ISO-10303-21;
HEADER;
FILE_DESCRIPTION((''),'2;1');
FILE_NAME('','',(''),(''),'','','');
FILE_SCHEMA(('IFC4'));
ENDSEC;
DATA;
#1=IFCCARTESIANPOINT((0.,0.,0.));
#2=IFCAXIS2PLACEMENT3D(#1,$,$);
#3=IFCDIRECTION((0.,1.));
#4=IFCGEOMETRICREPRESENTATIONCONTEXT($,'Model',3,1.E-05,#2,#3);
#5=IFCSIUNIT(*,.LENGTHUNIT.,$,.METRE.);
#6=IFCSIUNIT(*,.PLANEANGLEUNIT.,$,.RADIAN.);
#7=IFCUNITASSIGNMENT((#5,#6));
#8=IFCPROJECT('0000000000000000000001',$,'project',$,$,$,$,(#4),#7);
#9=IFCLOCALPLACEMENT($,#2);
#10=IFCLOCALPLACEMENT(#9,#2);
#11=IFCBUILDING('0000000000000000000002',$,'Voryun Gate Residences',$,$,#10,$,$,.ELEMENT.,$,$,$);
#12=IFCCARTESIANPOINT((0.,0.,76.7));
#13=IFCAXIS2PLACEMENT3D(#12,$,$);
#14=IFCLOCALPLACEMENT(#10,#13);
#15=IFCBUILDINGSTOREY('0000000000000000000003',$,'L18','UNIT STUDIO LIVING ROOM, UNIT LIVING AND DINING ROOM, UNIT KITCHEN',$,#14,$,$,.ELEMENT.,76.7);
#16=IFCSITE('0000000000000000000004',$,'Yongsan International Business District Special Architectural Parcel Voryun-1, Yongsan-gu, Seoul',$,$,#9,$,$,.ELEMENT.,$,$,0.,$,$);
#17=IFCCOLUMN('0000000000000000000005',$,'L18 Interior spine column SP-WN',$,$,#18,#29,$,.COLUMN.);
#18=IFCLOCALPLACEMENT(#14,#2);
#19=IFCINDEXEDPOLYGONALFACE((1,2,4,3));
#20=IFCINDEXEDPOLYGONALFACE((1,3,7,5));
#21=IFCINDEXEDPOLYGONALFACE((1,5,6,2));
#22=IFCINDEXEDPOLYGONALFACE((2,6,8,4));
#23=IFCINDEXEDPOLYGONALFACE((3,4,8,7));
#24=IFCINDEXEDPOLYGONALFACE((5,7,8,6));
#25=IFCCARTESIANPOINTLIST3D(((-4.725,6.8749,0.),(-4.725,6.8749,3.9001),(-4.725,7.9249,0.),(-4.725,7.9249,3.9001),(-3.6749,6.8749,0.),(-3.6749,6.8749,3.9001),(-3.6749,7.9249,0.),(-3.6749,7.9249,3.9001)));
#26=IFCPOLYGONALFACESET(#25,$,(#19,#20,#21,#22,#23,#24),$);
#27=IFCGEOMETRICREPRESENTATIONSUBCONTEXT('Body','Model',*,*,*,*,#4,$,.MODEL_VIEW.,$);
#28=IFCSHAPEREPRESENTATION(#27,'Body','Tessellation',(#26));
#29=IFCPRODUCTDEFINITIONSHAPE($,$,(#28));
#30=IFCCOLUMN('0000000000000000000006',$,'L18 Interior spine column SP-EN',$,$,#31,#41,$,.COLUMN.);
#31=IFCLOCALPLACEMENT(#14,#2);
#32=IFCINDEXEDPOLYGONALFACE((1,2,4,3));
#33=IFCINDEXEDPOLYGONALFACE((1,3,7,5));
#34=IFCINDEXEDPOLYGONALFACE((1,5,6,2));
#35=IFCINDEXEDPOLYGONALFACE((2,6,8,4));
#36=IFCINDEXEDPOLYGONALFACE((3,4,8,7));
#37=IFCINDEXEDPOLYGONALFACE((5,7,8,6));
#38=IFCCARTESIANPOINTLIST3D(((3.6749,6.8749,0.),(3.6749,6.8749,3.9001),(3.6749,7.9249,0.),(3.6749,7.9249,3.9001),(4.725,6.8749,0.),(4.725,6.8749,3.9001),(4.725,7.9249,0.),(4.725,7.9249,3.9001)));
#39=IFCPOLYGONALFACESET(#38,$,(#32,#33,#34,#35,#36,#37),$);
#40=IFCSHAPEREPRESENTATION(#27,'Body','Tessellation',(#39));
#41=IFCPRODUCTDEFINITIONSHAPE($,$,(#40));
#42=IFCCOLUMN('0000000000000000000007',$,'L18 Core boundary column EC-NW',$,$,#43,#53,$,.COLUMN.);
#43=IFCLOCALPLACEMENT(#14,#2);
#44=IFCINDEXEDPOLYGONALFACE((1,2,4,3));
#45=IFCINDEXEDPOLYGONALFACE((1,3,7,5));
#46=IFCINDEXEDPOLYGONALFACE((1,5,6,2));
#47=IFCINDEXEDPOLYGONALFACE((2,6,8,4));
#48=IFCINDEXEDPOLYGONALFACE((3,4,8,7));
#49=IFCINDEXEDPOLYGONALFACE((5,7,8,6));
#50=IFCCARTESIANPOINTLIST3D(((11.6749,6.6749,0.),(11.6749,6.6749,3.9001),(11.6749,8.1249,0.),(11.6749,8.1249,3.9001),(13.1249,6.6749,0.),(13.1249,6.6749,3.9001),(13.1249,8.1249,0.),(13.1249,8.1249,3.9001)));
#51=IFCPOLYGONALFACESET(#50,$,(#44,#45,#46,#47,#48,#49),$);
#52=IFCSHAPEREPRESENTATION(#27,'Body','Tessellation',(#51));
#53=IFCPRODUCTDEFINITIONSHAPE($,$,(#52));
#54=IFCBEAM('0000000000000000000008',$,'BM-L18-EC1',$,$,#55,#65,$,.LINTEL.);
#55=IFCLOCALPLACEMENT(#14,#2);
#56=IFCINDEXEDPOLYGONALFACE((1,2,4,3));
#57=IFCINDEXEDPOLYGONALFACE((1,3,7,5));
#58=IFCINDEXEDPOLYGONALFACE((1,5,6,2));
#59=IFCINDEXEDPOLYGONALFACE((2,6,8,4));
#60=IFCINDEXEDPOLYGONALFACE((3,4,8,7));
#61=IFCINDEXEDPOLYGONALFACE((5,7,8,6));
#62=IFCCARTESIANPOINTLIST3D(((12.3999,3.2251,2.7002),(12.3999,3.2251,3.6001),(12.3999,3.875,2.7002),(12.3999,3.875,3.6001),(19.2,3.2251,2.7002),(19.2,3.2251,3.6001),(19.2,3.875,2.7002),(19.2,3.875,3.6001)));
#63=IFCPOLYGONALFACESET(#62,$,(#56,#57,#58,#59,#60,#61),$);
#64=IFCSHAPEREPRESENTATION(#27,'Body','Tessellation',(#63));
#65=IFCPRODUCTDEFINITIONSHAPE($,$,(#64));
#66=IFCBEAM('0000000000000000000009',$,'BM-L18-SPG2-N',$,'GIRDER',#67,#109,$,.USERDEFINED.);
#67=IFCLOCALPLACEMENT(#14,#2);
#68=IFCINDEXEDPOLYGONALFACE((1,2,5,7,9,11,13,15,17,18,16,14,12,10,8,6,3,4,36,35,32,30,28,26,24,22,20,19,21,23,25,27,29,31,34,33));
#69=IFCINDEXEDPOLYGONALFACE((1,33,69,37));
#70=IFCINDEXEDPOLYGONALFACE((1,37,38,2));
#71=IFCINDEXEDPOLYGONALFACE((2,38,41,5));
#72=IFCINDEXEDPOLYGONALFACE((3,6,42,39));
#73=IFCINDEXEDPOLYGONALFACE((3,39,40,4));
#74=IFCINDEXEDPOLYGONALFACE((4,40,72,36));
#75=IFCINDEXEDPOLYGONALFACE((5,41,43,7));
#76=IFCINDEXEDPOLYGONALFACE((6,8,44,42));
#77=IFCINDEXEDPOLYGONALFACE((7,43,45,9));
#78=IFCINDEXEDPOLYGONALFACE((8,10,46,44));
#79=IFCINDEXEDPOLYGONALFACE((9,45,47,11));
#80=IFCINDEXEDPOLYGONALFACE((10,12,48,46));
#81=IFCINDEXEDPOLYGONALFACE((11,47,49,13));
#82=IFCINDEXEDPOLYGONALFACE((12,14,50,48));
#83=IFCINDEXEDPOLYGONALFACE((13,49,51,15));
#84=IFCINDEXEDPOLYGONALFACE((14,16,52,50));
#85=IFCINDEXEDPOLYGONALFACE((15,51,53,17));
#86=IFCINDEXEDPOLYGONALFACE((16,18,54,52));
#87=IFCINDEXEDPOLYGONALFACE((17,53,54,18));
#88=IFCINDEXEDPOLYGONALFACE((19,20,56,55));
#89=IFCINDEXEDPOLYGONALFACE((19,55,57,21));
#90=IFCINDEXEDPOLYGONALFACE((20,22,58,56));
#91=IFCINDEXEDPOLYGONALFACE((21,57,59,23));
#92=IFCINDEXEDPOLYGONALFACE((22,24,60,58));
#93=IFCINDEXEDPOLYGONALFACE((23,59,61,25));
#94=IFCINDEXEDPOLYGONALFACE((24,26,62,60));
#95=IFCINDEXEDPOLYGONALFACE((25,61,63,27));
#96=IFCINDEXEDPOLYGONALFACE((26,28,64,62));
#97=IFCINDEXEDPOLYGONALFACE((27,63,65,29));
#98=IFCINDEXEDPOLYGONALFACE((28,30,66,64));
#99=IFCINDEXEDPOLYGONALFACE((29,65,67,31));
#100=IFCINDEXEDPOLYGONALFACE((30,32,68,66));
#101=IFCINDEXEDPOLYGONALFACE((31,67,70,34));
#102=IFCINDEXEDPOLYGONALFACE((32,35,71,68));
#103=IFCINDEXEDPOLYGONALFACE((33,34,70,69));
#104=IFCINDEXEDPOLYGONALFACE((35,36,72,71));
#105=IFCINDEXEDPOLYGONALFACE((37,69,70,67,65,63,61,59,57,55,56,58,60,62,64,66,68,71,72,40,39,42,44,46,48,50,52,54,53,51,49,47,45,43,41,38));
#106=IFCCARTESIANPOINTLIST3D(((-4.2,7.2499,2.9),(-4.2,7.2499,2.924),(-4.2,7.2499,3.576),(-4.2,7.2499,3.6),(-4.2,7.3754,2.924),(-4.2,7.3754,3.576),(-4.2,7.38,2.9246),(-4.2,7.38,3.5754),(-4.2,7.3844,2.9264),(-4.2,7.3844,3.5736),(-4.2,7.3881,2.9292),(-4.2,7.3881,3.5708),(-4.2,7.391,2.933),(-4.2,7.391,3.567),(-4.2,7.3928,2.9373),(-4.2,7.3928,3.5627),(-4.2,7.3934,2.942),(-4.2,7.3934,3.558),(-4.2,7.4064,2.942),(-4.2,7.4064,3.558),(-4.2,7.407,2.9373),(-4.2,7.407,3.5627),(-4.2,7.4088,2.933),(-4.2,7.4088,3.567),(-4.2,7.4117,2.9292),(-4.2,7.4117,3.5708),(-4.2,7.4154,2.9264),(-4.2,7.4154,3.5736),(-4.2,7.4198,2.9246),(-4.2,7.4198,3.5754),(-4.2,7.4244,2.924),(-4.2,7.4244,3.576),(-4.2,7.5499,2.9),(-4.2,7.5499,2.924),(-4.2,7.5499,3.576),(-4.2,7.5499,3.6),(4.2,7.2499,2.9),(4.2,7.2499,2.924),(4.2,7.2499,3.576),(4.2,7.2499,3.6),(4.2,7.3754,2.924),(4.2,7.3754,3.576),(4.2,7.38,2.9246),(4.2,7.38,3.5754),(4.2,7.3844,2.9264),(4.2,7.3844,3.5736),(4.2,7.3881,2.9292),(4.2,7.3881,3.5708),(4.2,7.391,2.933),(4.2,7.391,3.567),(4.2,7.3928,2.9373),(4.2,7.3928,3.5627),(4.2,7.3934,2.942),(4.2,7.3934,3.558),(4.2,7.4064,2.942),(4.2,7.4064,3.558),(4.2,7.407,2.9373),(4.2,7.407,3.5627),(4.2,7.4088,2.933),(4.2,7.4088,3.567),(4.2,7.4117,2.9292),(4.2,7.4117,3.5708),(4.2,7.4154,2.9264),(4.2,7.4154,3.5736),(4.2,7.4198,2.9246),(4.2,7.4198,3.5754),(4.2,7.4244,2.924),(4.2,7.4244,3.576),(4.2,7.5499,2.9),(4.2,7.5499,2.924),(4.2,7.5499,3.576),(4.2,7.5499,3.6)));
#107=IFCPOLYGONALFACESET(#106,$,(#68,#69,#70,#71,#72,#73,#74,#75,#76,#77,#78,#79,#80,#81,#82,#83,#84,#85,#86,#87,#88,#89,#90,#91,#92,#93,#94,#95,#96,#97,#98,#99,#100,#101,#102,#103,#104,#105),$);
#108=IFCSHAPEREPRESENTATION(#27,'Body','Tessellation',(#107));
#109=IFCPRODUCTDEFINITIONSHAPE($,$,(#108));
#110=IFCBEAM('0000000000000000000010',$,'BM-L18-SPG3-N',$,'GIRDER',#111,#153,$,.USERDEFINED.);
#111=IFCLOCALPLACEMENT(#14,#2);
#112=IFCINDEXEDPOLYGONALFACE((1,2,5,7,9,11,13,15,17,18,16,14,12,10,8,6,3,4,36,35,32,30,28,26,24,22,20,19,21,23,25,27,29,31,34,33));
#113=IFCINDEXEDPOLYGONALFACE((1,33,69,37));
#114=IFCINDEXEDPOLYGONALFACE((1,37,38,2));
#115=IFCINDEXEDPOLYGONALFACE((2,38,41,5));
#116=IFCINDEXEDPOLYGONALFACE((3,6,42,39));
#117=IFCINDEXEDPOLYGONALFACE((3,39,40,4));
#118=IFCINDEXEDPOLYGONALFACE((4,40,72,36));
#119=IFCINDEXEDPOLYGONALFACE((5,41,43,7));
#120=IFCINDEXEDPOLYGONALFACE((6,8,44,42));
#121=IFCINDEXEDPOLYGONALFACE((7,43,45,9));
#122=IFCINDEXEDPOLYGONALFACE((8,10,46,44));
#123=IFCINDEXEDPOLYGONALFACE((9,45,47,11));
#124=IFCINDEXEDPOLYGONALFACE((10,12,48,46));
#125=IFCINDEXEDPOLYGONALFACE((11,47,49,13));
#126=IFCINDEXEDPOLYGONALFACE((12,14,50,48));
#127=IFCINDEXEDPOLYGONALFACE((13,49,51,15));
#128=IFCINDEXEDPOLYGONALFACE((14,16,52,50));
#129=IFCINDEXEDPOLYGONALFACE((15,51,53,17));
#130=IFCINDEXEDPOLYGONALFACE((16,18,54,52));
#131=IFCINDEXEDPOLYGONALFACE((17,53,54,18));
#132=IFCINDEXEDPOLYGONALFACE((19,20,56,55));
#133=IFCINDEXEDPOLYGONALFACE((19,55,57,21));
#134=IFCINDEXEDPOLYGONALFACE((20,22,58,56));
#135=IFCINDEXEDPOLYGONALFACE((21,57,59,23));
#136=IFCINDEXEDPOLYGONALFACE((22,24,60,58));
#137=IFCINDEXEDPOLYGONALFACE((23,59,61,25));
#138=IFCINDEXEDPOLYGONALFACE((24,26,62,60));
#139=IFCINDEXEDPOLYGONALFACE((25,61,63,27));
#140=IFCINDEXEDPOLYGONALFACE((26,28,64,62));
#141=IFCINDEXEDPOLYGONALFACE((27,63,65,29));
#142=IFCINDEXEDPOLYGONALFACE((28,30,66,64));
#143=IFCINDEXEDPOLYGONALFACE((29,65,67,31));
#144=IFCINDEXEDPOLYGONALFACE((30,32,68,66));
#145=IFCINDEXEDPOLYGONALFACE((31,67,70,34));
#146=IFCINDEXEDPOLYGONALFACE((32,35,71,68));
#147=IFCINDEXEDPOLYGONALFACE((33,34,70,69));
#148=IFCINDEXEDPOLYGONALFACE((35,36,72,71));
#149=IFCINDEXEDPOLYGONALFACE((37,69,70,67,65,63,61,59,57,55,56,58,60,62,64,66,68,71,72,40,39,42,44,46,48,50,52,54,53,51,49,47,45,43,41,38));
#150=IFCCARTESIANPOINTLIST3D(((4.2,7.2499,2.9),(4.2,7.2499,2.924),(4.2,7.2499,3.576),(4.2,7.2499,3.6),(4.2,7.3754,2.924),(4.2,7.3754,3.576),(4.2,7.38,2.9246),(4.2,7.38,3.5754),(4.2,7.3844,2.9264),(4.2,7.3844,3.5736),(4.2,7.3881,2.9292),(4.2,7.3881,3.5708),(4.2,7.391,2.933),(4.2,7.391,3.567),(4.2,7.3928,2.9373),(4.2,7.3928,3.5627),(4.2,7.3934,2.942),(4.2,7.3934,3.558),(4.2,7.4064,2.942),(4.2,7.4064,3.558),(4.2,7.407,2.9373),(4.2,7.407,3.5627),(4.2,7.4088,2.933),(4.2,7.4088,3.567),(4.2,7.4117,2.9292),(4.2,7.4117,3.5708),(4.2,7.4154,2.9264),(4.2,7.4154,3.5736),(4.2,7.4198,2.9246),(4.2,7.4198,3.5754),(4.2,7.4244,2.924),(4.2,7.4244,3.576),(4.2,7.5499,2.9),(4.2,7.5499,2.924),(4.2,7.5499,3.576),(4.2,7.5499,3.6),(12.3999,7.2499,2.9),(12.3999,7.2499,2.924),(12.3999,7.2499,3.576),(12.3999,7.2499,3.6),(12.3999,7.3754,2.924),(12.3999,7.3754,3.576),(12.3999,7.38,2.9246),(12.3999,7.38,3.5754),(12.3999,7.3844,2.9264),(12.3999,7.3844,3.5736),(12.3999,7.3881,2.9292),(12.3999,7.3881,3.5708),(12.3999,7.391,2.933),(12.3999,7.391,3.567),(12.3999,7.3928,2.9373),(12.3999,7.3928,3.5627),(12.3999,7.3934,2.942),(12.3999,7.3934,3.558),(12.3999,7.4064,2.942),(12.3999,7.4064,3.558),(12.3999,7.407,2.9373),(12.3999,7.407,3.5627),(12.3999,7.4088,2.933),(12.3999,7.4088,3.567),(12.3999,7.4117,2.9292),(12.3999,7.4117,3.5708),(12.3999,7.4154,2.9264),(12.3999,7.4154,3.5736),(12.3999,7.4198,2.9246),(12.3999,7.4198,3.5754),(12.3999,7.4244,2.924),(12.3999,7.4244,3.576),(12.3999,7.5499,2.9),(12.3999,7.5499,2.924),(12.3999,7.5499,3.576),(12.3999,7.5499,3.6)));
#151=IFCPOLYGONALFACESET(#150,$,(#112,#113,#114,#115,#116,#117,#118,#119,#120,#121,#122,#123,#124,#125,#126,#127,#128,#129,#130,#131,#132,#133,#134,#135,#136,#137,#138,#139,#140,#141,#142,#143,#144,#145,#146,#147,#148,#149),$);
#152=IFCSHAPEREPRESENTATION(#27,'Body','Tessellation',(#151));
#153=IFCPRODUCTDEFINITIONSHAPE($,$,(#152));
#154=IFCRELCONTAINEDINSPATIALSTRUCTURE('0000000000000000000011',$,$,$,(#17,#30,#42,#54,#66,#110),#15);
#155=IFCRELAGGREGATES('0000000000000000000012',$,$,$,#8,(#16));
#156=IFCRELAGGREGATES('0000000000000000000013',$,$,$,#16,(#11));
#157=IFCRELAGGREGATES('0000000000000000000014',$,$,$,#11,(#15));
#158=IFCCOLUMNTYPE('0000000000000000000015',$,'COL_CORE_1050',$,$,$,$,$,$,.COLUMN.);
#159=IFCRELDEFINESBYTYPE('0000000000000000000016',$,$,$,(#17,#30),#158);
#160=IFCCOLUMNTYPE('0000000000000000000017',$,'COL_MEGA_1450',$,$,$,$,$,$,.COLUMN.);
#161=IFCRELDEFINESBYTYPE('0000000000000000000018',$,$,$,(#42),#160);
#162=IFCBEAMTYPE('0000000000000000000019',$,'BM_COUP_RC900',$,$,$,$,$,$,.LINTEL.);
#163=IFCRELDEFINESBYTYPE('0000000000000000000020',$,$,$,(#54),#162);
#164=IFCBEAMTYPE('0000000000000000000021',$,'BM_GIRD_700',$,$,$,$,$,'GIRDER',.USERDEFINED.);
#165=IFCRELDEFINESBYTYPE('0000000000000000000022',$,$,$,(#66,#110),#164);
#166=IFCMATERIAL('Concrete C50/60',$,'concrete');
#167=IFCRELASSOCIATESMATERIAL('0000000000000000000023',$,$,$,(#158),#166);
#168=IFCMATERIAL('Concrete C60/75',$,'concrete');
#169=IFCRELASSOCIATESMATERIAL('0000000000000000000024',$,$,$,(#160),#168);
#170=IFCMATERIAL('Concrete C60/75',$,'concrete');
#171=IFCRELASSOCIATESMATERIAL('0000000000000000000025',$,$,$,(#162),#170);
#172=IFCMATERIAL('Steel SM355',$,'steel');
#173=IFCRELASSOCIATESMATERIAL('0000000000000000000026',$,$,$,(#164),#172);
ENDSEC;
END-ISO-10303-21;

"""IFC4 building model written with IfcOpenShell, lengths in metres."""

from ifc_helpers import new_model, si_unit, direction, frame, origin, origin_2d, place, context, subcontext, project, spatial, rectangle, i_section, extrude, material, material_profile, profile_set, type_object, element, save


model = new_model("IFC4")

# Units and contexts
model_context = context("Model", 3, precision=1e-05, world=origin(), true_north=direction((0.0, 1.0)))
body_context = subcontext(model_context, "Body", "Model", "MODEL_VIEW")
ifc_project = project(units=[si_unit("LENGTHUNIT", "METRE"), si_unit("PLANEANGLEUNIT", "RADIAN")], contexts=[model_context])

# Site, building, storey
site_placement = place(None, origin())
site = spatial("IfcSite", under=ifc_project, at=site_placement, Name="Yongsan International Business District Special Architectural Parcel Voryun-1, Yongsan-gu, Seoul", CompositionType="ELEMENT", RefElevation=0.0)
building_placement = place(site_placement, origin())
building = spatial("IfcBuilding", under=site, at=building_placement, Name="Voryun Gate Residences", CompositionType="ELEMENT")
storey_placement = place(building_placement, frame((0.0, 0.0, 76.7)))
storey = spatial("IfcBuildingStorey", under=building, at=storey_placement, Name="L18", Description="UNIT STUDIO LIVING ROOM, UNIT LIVING AND DINING ROOM, UNIT KITCHEN", CompositionType="ELEMENT", Elevation=76.7)

# Columns
ifc_material_1 = material(Name="Concrete C50/60", Category="concrete")
ifc_material_profile_1 = material_profile(ifc_material_1, rectangle(XDim=1.05, YDim=1.05, at=origin_2d()), Name="RC-1050x1050")
ifc_profile_set_1 = profile_set([ifc_material_profile_1], Name="Concrete C50/60")
column_type_1 = type_object("IfcColumnType", Name="COL_CORE_1050", PredefinedType="COLUMN", material=ifc_profile_set_1)
for number, where, z_axis, x_axis, name in (
    (1, (-4.2, 7.3999, 0.0), (0.0, 0.0, 1.0), (1.0, 0.0, 0.0), "L18 Interior spine column SP-WN"),
    (2, (4.2, 7.3999, 0.0), (0.0, 0.0, 1.0), (1.0, 0.0, 0.0), "L18 Interior spine column SP-EN"),
):
    element("IfcColumn", number, at=place(storey_placement, frame(where, z_axis=z_axis, x_axis=x_axis)), inside=storey, type_object=column_type_1, Name=name, PredefinedType="COLUMN", context=body_context, shape_type="SweptSolid", body=[
        extrude(rectangle(XDim=1.05, YDim=1.05, at=origin_2d()), origin(), (0.0, 0.0, 1.0), 3.9001),
    ])
ifc_material_2 = material(Name="Concrete C60/75", Category="concrete")
ifc_material_profile_2 = material_profile(ifc_material_2, rectangle(XDim=1.45, YDim=1.45, at=origin_2d()), Name="RC-1450x1450")
ifc_profile_set_2 = profile_set([ifc_material_profile_2], Name="Concrete C60/75")
column_type_2 = type_object("IfcColumnType", Name="COL_MEGA_1450", PredefinedType="COLUMN", material=ifc_profile_set_2)
column_placement = place(storey_placement, frame((12.3999, 7.3999, 0.0), z_axis=(0.0, 0.0, 1.0), x_axis=(1.0, 0.0, 0.0)))
element("IfcColumn", 3, at=column_placement, inside=storey, type_object=column_type_2, Name="L18 Core boundary column EC-NW", PredefinedType="COLUMN", context=body_context, shape_type="SweptSolid", body=[
    extrude(rectangle(XDim=1.45, YDim=1.45, at=origin_2d()), origin(), (0.0, 0.0, 1.0), 3.9001),
])

# Beams
ifc_material_3 = material(Name="Concrete C60/75", Category="concrete")
ifc_material_profile_3 = material_profile(ifc_material_3, rectangle(XDim=0.6499, YDim=0.8999, at=origin_2d()), Name="RC-650x900")
ifc_profile_set_3 = profile_set([ifc_material_profile_3], Name="Concrete C60/75")
beam_type_1 = type_object("IfcBeamType", Name="BM_COUP_RC900", PredefinedType="LINTEL", material=ifc_profile_set_3)
beam_1_placement = place(storey_placement, frame((12.3999, 3.55, 3.1501), z_axis=(1.0, 0.0, 0.0), x_axis=(0.0, 1.0, 0.0)))
element("IfcBeam", 4, at=beam_1_placement, inside=storey, type_object=beam_type_1, Name="BM-L18-EC1", PredefinedType="LINTEL", context=body_context, shape_type="SweptSolid", body=[
    extrude(rectangle(XDim=0.6499, YDim=0.8999, at=origin_2d()), origin(), (0.0, 0.0, 1.0), 6.8),
])
ifc_material_4 = material(Name="Steel SM355", Category="steel")
ifc_material_profile_4 = material_profile(ifc_material_4, i_section(OverallWidth=0.3, OverallDepth=0.7, WebThickness=0.0129, FlangeThickness=0.0239, FilletRadius=0.0181, at=origin_2d()), Name="H-700x300x13x24")
ifc_profile_set_4 = profile_set([ifc_material_profile_4], Name="Steel SM355")
beam_type_2 = type_object("IfcBeamType", Name="BM_GIRD_700", ElementType="GIRDER", PredefinedType="USERDEFINED", material=ifc_profile_set_4)
beam_2_placement = place(storey_placement, frame((-4.2, 7.3999, 3.25), z_axis=(1.0, 0.0, 0.0), x_axis=(0.0, 1.0, 0.0)))
element("IfcBeam", 5, at=beam_2_placement, inside=storey, type_object=beam_type_2, Name="BM-L18-SPG2-N", ObjectType="GIRDER", PredefinedType="USERDEFINED", context=body_context, shape_type="SweptSolid", body=[
    extrude(i_section(OverallWidth=0.3, OverallDepth=0.7, WebThickness=0.0129, FlangeThickness=0.0239, FilletRadius=0.0181, at=origin_2d()), origin(), (0.0, 0.0, 1.0), 8.3999),
])
beam_3_placement = place(storey_placement, frame((4.2, 7.3999, 3.25), z_axis=(1.0, 0.0, 0.0), x_axis=(0.0, 1.0, 0.0)))
element("IfcBeam", 6, at=beam_3_placement, inside=storey, type_object=beam_type_2, Name="BM-L18-SPG3-N", ObjectType="GIRDER", PredefinedType="USERDEFINED", context=body_context, shape_type="SweptSolid", body=[
    extrude(i_section(OverallWidth=0.3, OverallDepth=0.7, WebThickness=0.0129, FlangeThickness=0.0239, FilletRadius=0.0181, at=origin_2d()), origin(), (0.0, 0.0, 1.0), 8.2),
])

save(model, "model.ifc")
